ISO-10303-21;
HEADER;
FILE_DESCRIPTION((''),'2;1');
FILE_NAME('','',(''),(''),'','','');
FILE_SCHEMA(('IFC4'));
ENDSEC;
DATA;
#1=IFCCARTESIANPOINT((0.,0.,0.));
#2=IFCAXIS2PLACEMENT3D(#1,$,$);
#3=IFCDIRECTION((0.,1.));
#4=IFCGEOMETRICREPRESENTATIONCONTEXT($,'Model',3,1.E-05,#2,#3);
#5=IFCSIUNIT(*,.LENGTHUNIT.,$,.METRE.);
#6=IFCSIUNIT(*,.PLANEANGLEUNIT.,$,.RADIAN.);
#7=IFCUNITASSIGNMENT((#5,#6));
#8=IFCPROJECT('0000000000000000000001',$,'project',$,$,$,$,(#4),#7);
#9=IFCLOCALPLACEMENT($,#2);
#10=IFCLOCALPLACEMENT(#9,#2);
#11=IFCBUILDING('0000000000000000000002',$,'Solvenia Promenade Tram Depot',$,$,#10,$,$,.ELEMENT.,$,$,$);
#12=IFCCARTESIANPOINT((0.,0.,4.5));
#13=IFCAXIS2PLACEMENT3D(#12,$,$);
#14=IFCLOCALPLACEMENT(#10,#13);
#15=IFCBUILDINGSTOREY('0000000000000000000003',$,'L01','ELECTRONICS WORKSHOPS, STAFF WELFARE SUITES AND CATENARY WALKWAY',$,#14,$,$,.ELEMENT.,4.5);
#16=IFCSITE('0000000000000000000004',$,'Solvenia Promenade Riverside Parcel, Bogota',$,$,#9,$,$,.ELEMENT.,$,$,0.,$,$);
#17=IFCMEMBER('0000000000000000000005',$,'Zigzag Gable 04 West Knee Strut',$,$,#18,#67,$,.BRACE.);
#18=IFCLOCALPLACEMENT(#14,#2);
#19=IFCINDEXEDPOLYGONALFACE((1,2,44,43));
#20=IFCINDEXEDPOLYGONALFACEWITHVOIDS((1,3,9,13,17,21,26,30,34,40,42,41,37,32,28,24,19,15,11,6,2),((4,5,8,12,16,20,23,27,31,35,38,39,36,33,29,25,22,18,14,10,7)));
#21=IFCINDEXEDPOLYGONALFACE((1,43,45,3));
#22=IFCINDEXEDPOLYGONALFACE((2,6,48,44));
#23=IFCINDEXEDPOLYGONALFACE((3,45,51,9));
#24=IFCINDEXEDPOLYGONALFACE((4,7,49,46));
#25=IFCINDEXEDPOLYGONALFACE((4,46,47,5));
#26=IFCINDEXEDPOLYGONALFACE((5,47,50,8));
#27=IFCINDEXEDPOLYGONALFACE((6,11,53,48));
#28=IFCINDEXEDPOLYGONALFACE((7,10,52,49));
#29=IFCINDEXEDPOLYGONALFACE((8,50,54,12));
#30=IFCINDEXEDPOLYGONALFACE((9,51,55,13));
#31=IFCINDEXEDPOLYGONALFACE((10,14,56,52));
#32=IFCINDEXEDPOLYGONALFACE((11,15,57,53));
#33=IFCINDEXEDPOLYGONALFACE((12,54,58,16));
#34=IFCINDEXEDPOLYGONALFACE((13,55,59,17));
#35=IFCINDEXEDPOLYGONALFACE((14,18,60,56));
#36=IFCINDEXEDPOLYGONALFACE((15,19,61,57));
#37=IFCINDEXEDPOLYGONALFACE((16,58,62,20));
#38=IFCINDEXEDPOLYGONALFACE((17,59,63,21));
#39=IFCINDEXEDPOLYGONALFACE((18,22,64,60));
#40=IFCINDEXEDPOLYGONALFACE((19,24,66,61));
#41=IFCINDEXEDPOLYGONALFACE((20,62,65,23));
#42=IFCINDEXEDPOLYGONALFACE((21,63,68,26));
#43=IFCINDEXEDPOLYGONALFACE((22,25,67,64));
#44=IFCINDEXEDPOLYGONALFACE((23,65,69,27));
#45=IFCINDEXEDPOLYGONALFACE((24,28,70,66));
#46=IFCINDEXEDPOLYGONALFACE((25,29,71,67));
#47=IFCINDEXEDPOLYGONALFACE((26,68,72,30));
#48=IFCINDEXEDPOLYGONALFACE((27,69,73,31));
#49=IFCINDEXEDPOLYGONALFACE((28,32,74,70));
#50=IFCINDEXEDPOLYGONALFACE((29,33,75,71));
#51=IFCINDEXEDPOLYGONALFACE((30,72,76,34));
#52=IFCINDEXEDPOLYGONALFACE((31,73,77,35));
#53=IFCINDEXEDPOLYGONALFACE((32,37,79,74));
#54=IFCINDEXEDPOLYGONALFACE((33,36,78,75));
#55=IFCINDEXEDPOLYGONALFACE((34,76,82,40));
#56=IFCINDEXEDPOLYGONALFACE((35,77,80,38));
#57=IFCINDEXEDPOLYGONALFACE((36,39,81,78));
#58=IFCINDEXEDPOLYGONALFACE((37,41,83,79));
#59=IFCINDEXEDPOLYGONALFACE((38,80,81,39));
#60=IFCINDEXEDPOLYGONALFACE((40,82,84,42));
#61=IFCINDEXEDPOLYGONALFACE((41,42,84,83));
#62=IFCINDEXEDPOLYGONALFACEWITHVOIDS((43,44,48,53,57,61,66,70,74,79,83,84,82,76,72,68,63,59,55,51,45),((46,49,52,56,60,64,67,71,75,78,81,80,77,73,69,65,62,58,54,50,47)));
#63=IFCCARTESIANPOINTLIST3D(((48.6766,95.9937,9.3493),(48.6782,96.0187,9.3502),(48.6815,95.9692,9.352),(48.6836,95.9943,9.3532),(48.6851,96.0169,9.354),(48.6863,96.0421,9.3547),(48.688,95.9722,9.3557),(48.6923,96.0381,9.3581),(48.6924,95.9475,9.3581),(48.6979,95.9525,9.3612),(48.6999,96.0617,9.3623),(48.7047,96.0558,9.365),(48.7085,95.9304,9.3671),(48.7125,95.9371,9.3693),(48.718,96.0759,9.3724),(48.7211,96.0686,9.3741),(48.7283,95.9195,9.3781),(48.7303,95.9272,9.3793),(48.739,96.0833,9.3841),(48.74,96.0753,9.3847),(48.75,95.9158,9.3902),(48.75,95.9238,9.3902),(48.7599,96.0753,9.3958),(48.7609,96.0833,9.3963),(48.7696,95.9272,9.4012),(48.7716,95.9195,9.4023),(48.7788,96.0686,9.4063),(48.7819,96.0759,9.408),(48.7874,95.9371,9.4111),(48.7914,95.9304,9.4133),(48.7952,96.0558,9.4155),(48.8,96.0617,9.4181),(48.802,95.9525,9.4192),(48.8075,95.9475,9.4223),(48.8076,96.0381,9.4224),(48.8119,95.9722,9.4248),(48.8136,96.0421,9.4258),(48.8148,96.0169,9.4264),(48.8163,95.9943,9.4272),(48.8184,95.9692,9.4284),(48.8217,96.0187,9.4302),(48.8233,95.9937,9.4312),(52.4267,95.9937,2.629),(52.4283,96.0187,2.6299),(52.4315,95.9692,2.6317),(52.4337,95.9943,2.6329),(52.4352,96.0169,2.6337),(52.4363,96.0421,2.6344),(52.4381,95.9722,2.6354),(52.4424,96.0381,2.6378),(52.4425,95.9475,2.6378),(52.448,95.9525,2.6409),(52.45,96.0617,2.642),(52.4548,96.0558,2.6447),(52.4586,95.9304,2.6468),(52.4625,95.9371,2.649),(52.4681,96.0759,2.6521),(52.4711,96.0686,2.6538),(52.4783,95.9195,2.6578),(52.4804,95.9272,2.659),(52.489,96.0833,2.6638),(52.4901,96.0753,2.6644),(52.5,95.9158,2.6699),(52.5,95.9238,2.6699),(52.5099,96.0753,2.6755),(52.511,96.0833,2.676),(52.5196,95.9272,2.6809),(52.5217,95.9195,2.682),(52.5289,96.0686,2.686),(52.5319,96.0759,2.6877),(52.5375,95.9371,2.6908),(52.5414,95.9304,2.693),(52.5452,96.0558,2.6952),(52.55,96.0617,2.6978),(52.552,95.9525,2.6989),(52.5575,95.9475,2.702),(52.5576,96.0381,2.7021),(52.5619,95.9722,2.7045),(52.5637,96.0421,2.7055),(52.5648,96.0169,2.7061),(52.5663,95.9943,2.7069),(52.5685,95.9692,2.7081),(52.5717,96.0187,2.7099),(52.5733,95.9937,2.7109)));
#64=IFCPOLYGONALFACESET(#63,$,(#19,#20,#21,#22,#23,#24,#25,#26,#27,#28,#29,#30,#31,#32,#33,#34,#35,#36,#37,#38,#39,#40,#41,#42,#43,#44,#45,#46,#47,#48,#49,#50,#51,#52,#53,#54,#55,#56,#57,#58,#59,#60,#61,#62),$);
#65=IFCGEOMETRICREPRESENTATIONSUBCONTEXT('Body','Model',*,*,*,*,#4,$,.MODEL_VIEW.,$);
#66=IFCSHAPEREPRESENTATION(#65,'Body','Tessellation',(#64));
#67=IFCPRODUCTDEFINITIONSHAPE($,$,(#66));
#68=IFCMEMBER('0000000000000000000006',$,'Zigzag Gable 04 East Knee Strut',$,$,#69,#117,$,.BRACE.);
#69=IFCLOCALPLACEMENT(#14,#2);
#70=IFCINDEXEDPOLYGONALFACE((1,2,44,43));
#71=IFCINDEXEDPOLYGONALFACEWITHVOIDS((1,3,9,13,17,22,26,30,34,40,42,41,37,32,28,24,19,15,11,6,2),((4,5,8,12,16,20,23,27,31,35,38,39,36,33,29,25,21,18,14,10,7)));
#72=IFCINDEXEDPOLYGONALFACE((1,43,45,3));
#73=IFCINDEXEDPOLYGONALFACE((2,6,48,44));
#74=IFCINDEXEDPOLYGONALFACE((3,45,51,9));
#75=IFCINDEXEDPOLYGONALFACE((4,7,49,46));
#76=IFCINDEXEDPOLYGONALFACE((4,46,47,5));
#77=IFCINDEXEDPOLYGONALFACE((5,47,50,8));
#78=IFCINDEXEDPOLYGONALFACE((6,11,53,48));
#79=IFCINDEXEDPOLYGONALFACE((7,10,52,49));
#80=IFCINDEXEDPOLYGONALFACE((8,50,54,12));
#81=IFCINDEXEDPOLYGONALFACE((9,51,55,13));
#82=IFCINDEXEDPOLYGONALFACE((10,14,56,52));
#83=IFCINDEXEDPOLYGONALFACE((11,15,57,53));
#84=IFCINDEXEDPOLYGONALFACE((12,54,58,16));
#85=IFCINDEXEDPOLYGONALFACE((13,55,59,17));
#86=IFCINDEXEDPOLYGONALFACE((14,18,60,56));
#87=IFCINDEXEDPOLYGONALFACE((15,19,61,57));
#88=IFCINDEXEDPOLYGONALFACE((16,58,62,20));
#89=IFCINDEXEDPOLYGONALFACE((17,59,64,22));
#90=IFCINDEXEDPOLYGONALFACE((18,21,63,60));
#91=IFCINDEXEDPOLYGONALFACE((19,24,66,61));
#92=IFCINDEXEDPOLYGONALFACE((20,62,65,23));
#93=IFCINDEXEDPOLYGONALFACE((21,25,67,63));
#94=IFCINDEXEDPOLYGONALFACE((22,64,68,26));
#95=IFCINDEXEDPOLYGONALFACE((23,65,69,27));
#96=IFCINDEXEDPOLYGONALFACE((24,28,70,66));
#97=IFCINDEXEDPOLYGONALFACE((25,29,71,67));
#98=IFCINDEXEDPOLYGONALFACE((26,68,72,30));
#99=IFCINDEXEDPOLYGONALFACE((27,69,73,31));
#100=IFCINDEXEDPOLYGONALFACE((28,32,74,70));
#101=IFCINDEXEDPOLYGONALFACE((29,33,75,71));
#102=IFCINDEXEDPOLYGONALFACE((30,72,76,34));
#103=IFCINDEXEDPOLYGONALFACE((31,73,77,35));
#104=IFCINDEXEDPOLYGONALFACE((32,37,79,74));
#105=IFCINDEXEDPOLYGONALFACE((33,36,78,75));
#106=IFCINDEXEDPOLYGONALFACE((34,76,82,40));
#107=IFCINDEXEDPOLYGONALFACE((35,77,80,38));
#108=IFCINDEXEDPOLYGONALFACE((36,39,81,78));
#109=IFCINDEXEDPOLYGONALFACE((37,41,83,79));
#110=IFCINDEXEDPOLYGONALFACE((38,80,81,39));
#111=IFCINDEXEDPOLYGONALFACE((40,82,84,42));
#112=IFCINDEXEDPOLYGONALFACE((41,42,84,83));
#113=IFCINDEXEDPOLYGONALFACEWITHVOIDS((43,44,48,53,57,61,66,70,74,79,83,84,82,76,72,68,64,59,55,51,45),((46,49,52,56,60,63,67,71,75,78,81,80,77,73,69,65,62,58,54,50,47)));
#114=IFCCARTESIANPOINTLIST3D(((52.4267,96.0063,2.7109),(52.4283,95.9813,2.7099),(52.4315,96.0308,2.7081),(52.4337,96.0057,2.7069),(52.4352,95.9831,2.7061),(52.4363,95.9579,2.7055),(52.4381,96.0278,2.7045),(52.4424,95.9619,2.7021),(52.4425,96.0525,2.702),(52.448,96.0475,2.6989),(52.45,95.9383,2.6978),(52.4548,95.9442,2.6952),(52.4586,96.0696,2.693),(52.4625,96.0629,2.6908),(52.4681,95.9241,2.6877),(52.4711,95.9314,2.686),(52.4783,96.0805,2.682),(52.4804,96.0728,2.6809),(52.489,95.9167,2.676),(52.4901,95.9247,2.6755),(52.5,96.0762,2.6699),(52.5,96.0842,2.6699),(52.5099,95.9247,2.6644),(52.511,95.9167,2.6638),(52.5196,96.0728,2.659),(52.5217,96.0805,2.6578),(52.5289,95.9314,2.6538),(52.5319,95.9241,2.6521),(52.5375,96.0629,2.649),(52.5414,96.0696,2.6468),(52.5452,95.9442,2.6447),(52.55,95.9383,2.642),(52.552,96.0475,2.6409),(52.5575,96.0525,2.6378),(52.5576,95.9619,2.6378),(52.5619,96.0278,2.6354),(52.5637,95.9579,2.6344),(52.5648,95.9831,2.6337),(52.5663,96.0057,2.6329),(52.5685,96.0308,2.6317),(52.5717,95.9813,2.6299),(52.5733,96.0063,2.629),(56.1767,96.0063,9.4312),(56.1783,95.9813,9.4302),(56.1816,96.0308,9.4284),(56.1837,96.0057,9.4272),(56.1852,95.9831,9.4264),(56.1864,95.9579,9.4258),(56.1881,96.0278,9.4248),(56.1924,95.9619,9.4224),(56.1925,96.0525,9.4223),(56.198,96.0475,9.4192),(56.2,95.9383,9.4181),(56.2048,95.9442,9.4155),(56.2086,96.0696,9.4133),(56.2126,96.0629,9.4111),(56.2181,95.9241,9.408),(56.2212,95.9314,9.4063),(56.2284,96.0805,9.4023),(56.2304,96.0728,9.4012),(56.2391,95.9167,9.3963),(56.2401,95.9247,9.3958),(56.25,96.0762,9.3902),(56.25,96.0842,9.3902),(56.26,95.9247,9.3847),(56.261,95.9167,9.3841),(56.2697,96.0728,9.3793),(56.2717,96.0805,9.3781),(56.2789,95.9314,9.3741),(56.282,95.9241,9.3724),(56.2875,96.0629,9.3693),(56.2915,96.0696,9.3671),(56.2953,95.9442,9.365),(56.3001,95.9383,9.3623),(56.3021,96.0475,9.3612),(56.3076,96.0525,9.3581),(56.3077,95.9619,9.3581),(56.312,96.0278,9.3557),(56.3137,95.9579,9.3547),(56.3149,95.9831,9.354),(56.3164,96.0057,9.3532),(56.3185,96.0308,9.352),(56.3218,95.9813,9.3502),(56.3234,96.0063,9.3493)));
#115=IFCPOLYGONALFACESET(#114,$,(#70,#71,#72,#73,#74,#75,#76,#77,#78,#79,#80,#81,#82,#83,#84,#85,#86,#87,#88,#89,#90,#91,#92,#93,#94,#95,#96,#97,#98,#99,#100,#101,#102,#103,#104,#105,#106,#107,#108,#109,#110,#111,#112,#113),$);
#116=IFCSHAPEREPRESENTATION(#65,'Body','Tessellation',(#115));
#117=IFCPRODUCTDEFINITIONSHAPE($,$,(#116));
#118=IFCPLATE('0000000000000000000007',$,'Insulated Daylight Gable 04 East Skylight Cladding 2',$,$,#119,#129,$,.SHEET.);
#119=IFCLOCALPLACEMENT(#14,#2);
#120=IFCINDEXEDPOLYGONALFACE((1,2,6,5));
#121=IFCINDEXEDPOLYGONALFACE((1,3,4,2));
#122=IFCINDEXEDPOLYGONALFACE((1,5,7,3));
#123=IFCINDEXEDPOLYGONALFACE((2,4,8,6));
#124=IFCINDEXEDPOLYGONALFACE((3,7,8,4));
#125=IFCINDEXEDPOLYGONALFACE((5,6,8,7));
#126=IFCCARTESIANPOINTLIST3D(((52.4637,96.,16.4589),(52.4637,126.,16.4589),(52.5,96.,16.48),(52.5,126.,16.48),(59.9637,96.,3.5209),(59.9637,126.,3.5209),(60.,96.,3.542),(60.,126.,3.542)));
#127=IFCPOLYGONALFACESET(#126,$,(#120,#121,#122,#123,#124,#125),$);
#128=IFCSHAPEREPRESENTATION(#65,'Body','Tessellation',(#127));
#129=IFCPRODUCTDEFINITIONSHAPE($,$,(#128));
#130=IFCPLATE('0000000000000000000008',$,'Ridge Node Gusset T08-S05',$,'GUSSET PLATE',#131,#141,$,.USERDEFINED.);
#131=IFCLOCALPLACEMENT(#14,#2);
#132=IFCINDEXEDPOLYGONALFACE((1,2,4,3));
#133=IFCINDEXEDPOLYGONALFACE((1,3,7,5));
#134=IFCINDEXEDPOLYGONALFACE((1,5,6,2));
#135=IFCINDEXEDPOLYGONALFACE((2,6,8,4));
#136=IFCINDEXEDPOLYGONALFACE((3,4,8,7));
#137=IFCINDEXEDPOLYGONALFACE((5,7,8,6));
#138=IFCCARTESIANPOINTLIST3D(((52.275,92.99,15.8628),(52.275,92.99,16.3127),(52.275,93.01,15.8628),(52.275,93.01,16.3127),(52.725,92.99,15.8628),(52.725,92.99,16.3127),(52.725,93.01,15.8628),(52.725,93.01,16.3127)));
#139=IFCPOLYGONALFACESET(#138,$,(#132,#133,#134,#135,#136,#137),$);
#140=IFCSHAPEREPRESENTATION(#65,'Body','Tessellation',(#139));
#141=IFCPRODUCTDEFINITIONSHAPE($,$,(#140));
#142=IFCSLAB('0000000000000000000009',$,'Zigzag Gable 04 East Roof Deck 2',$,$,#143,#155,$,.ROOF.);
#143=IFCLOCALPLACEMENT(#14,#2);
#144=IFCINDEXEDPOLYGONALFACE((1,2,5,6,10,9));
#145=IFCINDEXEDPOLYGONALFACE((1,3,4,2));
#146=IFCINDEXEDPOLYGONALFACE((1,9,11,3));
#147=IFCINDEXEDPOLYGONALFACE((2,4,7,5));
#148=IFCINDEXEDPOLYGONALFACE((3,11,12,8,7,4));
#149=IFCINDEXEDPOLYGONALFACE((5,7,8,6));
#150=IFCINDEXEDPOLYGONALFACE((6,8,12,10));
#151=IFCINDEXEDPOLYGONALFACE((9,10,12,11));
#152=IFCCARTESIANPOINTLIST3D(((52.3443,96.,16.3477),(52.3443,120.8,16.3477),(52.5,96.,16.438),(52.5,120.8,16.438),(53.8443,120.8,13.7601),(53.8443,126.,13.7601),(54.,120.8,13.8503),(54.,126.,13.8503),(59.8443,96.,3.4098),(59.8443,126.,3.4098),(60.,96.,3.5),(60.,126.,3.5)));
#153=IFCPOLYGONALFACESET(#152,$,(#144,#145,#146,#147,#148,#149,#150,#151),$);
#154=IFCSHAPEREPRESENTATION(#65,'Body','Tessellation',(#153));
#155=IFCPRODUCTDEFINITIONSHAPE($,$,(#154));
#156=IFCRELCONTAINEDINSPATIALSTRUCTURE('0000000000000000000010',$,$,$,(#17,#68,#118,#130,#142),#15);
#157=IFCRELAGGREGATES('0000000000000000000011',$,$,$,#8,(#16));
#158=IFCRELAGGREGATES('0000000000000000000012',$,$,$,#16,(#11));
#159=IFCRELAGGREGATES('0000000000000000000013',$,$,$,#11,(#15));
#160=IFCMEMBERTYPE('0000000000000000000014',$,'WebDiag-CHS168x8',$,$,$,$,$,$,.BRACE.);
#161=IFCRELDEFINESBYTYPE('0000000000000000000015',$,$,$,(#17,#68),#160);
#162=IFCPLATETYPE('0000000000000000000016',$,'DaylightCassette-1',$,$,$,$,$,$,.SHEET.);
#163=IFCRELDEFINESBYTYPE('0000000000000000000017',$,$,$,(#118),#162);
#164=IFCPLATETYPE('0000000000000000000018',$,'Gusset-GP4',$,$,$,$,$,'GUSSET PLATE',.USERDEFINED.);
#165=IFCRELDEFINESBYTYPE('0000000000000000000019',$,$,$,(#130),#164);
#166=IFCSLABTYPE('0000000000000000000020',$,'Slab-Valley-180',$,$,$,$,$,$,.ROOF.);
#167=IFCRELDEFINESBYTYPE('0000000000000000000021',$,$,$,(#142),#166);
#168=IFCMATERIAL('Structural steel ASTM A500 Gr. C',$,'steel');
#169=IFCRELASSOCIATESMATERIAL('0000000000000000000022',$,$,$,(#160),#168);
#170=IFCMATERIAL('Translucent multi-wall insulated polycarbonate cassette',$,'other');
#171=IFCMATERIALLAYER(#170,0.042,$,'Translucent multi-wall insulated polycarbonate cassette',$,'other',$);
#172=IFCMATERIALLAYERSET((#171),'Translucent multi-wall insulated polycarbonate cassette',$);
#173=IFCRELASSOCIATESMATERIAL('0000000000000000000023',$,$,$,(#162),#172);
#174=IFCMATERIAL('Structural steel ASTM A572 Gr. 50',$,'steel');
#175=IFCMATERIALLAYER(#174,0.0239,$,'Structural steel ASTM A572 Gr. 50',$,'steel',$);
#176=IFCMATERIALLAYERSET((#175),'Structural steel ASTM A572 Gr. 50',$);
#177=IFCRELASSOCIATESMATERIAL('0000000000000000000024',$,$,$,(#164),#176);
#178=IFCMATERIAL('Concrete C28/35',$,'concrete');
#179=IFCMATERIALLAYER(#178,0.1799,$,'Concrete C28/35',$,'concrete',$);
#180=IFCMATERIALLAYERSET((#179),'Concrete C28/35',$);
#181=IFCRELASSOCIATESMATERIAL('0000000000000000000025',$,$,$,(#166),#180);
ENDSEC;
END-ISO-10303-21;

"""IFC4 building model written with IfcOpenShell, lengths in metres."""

from ifc_helpers import new_model, si_unit, direction, frame, origin, origin_2d, place, context, subcontext, project, spatial, polyline, rectangle, hollow_circle, outline, extrude, material, layer, layer_set, material_profile, profile_set, type_object, element, save


model = new_model("IFC4")

# Units and contexts
model_context = context("Model", 3, precision=1e-05, world=origin(), true_north=direction((0.0, 1.0)))
body_context = subcontext(model_context, "Body", "Model", "MODEL_VIEW")
ifc_project = project(units=[si_unit("LENGTHUNIT", "METRE"), si_unit("PLANEANGLEUNIT", "RADIAN")], contexts=[model_context])

# Site, building, storey
site_placement = place(None, origin())
site = spatial("IfcSite", under=ifc_project, at=site_placement, Name="Solvenia Promenade Riverside Parcel, Bogota", CompositionType="ELEMENT", RefElevation=0.0)
building_placement = place(site_placement, origin())
building = spatial("IfcBuilding", under=site, at=building_placement, Name="Solvenia Promenade Tram Depot", CompositionType="ELEMENT")
storey_placement = place(building_placement, frame((0.0, 0.0, 4.5)))
storey = spatial("IfcBuildingStorey", under=building, at=storey_placement, Name="L01", Description="ELECTRONICS WORKSHOPS, STAFF WELFARE SUITES AND CATENARY WALKWAY", CompositionType="ELEMENT", Elevation=4.5)

# Shared definitions
ifc_material_1 = material(Name="Structural steel ASTM A500 Gr. C", Category="steel")

# Members
ifc_material_profile_1 = material_profile(ifc_material_1, hollow_circle(Radius=0.0842, WallThickness=0.0081, at=origin_2d()), Name="CHS168.3x8", Category="steel")
ifc_profile_set_1 = profile_set([ifc_material_profile_1], Name="Structural steel ASTM A500 Gr. C")
member_type_1 = type_object("IfcMemberType", Name="WebDiag-CHS168x8", PredefinedType="BRACE", material=ifc_profile_set_1)
for number, where, z_axis, x_axis, name in (
    (1, (52.5, 96.0, 2.6699), (-0.487285, 0.0, 0.873243), (0.0, -1.0, 0.0), "Zigzag Gable 04 West Knee Strut"),
    (2, (52.5, 96.0, 2.6699), (0.487285, 0.0, 0.873243), (0.0, 1.0, 0.0), "Zigzag Gable 04 East Knee Strut"),
):
    element("IfcMember", number, at=place(storey_placement, frame(where, z_axis=z_axis, x_axis=x_axis)), inside=storey, type_object=member_type_1, Name=name, PredefinedType="BRACE", context=body_context, shape_type="SweptSolid", body=[
        extrude(hollow_circle(Radius=0.0842, WallThickness=0.0081, at=origin_2d()), origin(), (0.0, 0.0, 1.0), 7.6958),
    ])

# Plates
ifc_material_2 = material(Name="Translucent multi-wall insulated polycarbonate cassette", Category="other")
ifc_layer_1 = layer(ifc_material_2, 0.042, Name="Translucent multi-wall insulated polycarbonate cassette", Category="other")
ifc_layer_set_1 = layer_set([ifc_layer_1], Name="Translucent multi-wall insulated polycarbonate cassette")
plate_type_1 = type_object("IfcPlateType", Name="DaylightCassette-1", PredefinedType="SHEET", material=ifc_layer_set_1)
plate_1_placement = place(storey_placement, frame((52.5, 96.0, 16.48), z_axis=(0.865148, 0.0, 0.501516), x_axis=(0.0, 1.0, 0.0)))
element("IfcPlate", 3, at=plate_1_placement, inside=storey, type_object=plate_type_1, Name="Insulated Daylight Gable 04 East Skylight Cladding 2", PredefinedType="SHEET", context=body_context, shape_type="SweptSolid", body=[
    extrude(outline(polyline([(0.0, 0.0), (30.0, 0.0), (30.0, -14.9546), (0.0, -14.9546), (0.0, 0.0)])), origin(), (0.0, 0.0, -1.0), 0.042),
])
ifc_material_3 = material(Name="Structural steel ASTM A572 Gr. 50", Category="steel")
ifc_layer_2 = layer(ifc_material_3, 0.0239, Name="Structural steel ASTM A572 Gr. 50", Category="steel")
ifc_layer_set_2 = layer_set([ifc_layer_2], Name="Structural steel ASTM A572 Gr. 50")
plate_type_2 = type_object("IfcPlateType", Name="Gusset-GP4", ElementType="GUSSET PLATE", PredefinedType="USERDEFINED", material=ifc_layer_set_2)
plate_2_placement = place(storey_placement, frame((52.5, 93.0, 15.8628), z_axis=(0.0, 0.0, 1.0), x_axis=(1.0, 0.0, 0.0)))
element("IfcPlate", 4, at=plate_2_placement, inside=storey, type_object=plate_type_2, Name="Ridge Node Gusset T08-S05", ObjectType="GUSSET PLATE", PredefinedType="USERDEFINED", context=body_context, shape_type="SweptSolid", body=[
    extrude(rectangle(XDim=0.45, YDim=0.02, at=origin_2d()), origin(), (0.0, 0.0, 1.0), 0.45),
])

# Slab
ifc_material_4 = material(Name="Concrete C28/35", Category="concrete")
ifc_layer_3 = layer(ifc_material_4, 0.1799, Name="Concrete C28/35", Category="concrete")
ifc_layer_set_3 = layer_set([ifc_layer_3], Name="Concrete C28/35")
slab_type = type_object("IfcSlabType", Name="Slab-Valley-180", PredefinedType="ROOF", material=ifc_layer_set_3)
slab_placement = place(storey_placement, frame((52.5, 96.0, 16.438), z_axis=(0.865148, 0.0, 0.501517), x_axis=(0.0, 1.0, 0.0)))
element("IfcSlab", 5, at=slab_placement, inside=storey, type_object=slab_type, Name="Zigzag Gable 04 East Roof Deck 2", PredefinedType="ROOF", context=body_context, shape_type="SweptSolid", body=[
    extrude(outline(polyline([(0.0, 0.0), (24.8, 0.0), (24.8, -2.991), (30.0, -2.991), (30.0, -14.9546), (0.0, -14.9546), (0.0, 0.0)])), origin(), (0.0, 0.0, -1.0), 0.1799),
])

save(model, "model.ifc")
